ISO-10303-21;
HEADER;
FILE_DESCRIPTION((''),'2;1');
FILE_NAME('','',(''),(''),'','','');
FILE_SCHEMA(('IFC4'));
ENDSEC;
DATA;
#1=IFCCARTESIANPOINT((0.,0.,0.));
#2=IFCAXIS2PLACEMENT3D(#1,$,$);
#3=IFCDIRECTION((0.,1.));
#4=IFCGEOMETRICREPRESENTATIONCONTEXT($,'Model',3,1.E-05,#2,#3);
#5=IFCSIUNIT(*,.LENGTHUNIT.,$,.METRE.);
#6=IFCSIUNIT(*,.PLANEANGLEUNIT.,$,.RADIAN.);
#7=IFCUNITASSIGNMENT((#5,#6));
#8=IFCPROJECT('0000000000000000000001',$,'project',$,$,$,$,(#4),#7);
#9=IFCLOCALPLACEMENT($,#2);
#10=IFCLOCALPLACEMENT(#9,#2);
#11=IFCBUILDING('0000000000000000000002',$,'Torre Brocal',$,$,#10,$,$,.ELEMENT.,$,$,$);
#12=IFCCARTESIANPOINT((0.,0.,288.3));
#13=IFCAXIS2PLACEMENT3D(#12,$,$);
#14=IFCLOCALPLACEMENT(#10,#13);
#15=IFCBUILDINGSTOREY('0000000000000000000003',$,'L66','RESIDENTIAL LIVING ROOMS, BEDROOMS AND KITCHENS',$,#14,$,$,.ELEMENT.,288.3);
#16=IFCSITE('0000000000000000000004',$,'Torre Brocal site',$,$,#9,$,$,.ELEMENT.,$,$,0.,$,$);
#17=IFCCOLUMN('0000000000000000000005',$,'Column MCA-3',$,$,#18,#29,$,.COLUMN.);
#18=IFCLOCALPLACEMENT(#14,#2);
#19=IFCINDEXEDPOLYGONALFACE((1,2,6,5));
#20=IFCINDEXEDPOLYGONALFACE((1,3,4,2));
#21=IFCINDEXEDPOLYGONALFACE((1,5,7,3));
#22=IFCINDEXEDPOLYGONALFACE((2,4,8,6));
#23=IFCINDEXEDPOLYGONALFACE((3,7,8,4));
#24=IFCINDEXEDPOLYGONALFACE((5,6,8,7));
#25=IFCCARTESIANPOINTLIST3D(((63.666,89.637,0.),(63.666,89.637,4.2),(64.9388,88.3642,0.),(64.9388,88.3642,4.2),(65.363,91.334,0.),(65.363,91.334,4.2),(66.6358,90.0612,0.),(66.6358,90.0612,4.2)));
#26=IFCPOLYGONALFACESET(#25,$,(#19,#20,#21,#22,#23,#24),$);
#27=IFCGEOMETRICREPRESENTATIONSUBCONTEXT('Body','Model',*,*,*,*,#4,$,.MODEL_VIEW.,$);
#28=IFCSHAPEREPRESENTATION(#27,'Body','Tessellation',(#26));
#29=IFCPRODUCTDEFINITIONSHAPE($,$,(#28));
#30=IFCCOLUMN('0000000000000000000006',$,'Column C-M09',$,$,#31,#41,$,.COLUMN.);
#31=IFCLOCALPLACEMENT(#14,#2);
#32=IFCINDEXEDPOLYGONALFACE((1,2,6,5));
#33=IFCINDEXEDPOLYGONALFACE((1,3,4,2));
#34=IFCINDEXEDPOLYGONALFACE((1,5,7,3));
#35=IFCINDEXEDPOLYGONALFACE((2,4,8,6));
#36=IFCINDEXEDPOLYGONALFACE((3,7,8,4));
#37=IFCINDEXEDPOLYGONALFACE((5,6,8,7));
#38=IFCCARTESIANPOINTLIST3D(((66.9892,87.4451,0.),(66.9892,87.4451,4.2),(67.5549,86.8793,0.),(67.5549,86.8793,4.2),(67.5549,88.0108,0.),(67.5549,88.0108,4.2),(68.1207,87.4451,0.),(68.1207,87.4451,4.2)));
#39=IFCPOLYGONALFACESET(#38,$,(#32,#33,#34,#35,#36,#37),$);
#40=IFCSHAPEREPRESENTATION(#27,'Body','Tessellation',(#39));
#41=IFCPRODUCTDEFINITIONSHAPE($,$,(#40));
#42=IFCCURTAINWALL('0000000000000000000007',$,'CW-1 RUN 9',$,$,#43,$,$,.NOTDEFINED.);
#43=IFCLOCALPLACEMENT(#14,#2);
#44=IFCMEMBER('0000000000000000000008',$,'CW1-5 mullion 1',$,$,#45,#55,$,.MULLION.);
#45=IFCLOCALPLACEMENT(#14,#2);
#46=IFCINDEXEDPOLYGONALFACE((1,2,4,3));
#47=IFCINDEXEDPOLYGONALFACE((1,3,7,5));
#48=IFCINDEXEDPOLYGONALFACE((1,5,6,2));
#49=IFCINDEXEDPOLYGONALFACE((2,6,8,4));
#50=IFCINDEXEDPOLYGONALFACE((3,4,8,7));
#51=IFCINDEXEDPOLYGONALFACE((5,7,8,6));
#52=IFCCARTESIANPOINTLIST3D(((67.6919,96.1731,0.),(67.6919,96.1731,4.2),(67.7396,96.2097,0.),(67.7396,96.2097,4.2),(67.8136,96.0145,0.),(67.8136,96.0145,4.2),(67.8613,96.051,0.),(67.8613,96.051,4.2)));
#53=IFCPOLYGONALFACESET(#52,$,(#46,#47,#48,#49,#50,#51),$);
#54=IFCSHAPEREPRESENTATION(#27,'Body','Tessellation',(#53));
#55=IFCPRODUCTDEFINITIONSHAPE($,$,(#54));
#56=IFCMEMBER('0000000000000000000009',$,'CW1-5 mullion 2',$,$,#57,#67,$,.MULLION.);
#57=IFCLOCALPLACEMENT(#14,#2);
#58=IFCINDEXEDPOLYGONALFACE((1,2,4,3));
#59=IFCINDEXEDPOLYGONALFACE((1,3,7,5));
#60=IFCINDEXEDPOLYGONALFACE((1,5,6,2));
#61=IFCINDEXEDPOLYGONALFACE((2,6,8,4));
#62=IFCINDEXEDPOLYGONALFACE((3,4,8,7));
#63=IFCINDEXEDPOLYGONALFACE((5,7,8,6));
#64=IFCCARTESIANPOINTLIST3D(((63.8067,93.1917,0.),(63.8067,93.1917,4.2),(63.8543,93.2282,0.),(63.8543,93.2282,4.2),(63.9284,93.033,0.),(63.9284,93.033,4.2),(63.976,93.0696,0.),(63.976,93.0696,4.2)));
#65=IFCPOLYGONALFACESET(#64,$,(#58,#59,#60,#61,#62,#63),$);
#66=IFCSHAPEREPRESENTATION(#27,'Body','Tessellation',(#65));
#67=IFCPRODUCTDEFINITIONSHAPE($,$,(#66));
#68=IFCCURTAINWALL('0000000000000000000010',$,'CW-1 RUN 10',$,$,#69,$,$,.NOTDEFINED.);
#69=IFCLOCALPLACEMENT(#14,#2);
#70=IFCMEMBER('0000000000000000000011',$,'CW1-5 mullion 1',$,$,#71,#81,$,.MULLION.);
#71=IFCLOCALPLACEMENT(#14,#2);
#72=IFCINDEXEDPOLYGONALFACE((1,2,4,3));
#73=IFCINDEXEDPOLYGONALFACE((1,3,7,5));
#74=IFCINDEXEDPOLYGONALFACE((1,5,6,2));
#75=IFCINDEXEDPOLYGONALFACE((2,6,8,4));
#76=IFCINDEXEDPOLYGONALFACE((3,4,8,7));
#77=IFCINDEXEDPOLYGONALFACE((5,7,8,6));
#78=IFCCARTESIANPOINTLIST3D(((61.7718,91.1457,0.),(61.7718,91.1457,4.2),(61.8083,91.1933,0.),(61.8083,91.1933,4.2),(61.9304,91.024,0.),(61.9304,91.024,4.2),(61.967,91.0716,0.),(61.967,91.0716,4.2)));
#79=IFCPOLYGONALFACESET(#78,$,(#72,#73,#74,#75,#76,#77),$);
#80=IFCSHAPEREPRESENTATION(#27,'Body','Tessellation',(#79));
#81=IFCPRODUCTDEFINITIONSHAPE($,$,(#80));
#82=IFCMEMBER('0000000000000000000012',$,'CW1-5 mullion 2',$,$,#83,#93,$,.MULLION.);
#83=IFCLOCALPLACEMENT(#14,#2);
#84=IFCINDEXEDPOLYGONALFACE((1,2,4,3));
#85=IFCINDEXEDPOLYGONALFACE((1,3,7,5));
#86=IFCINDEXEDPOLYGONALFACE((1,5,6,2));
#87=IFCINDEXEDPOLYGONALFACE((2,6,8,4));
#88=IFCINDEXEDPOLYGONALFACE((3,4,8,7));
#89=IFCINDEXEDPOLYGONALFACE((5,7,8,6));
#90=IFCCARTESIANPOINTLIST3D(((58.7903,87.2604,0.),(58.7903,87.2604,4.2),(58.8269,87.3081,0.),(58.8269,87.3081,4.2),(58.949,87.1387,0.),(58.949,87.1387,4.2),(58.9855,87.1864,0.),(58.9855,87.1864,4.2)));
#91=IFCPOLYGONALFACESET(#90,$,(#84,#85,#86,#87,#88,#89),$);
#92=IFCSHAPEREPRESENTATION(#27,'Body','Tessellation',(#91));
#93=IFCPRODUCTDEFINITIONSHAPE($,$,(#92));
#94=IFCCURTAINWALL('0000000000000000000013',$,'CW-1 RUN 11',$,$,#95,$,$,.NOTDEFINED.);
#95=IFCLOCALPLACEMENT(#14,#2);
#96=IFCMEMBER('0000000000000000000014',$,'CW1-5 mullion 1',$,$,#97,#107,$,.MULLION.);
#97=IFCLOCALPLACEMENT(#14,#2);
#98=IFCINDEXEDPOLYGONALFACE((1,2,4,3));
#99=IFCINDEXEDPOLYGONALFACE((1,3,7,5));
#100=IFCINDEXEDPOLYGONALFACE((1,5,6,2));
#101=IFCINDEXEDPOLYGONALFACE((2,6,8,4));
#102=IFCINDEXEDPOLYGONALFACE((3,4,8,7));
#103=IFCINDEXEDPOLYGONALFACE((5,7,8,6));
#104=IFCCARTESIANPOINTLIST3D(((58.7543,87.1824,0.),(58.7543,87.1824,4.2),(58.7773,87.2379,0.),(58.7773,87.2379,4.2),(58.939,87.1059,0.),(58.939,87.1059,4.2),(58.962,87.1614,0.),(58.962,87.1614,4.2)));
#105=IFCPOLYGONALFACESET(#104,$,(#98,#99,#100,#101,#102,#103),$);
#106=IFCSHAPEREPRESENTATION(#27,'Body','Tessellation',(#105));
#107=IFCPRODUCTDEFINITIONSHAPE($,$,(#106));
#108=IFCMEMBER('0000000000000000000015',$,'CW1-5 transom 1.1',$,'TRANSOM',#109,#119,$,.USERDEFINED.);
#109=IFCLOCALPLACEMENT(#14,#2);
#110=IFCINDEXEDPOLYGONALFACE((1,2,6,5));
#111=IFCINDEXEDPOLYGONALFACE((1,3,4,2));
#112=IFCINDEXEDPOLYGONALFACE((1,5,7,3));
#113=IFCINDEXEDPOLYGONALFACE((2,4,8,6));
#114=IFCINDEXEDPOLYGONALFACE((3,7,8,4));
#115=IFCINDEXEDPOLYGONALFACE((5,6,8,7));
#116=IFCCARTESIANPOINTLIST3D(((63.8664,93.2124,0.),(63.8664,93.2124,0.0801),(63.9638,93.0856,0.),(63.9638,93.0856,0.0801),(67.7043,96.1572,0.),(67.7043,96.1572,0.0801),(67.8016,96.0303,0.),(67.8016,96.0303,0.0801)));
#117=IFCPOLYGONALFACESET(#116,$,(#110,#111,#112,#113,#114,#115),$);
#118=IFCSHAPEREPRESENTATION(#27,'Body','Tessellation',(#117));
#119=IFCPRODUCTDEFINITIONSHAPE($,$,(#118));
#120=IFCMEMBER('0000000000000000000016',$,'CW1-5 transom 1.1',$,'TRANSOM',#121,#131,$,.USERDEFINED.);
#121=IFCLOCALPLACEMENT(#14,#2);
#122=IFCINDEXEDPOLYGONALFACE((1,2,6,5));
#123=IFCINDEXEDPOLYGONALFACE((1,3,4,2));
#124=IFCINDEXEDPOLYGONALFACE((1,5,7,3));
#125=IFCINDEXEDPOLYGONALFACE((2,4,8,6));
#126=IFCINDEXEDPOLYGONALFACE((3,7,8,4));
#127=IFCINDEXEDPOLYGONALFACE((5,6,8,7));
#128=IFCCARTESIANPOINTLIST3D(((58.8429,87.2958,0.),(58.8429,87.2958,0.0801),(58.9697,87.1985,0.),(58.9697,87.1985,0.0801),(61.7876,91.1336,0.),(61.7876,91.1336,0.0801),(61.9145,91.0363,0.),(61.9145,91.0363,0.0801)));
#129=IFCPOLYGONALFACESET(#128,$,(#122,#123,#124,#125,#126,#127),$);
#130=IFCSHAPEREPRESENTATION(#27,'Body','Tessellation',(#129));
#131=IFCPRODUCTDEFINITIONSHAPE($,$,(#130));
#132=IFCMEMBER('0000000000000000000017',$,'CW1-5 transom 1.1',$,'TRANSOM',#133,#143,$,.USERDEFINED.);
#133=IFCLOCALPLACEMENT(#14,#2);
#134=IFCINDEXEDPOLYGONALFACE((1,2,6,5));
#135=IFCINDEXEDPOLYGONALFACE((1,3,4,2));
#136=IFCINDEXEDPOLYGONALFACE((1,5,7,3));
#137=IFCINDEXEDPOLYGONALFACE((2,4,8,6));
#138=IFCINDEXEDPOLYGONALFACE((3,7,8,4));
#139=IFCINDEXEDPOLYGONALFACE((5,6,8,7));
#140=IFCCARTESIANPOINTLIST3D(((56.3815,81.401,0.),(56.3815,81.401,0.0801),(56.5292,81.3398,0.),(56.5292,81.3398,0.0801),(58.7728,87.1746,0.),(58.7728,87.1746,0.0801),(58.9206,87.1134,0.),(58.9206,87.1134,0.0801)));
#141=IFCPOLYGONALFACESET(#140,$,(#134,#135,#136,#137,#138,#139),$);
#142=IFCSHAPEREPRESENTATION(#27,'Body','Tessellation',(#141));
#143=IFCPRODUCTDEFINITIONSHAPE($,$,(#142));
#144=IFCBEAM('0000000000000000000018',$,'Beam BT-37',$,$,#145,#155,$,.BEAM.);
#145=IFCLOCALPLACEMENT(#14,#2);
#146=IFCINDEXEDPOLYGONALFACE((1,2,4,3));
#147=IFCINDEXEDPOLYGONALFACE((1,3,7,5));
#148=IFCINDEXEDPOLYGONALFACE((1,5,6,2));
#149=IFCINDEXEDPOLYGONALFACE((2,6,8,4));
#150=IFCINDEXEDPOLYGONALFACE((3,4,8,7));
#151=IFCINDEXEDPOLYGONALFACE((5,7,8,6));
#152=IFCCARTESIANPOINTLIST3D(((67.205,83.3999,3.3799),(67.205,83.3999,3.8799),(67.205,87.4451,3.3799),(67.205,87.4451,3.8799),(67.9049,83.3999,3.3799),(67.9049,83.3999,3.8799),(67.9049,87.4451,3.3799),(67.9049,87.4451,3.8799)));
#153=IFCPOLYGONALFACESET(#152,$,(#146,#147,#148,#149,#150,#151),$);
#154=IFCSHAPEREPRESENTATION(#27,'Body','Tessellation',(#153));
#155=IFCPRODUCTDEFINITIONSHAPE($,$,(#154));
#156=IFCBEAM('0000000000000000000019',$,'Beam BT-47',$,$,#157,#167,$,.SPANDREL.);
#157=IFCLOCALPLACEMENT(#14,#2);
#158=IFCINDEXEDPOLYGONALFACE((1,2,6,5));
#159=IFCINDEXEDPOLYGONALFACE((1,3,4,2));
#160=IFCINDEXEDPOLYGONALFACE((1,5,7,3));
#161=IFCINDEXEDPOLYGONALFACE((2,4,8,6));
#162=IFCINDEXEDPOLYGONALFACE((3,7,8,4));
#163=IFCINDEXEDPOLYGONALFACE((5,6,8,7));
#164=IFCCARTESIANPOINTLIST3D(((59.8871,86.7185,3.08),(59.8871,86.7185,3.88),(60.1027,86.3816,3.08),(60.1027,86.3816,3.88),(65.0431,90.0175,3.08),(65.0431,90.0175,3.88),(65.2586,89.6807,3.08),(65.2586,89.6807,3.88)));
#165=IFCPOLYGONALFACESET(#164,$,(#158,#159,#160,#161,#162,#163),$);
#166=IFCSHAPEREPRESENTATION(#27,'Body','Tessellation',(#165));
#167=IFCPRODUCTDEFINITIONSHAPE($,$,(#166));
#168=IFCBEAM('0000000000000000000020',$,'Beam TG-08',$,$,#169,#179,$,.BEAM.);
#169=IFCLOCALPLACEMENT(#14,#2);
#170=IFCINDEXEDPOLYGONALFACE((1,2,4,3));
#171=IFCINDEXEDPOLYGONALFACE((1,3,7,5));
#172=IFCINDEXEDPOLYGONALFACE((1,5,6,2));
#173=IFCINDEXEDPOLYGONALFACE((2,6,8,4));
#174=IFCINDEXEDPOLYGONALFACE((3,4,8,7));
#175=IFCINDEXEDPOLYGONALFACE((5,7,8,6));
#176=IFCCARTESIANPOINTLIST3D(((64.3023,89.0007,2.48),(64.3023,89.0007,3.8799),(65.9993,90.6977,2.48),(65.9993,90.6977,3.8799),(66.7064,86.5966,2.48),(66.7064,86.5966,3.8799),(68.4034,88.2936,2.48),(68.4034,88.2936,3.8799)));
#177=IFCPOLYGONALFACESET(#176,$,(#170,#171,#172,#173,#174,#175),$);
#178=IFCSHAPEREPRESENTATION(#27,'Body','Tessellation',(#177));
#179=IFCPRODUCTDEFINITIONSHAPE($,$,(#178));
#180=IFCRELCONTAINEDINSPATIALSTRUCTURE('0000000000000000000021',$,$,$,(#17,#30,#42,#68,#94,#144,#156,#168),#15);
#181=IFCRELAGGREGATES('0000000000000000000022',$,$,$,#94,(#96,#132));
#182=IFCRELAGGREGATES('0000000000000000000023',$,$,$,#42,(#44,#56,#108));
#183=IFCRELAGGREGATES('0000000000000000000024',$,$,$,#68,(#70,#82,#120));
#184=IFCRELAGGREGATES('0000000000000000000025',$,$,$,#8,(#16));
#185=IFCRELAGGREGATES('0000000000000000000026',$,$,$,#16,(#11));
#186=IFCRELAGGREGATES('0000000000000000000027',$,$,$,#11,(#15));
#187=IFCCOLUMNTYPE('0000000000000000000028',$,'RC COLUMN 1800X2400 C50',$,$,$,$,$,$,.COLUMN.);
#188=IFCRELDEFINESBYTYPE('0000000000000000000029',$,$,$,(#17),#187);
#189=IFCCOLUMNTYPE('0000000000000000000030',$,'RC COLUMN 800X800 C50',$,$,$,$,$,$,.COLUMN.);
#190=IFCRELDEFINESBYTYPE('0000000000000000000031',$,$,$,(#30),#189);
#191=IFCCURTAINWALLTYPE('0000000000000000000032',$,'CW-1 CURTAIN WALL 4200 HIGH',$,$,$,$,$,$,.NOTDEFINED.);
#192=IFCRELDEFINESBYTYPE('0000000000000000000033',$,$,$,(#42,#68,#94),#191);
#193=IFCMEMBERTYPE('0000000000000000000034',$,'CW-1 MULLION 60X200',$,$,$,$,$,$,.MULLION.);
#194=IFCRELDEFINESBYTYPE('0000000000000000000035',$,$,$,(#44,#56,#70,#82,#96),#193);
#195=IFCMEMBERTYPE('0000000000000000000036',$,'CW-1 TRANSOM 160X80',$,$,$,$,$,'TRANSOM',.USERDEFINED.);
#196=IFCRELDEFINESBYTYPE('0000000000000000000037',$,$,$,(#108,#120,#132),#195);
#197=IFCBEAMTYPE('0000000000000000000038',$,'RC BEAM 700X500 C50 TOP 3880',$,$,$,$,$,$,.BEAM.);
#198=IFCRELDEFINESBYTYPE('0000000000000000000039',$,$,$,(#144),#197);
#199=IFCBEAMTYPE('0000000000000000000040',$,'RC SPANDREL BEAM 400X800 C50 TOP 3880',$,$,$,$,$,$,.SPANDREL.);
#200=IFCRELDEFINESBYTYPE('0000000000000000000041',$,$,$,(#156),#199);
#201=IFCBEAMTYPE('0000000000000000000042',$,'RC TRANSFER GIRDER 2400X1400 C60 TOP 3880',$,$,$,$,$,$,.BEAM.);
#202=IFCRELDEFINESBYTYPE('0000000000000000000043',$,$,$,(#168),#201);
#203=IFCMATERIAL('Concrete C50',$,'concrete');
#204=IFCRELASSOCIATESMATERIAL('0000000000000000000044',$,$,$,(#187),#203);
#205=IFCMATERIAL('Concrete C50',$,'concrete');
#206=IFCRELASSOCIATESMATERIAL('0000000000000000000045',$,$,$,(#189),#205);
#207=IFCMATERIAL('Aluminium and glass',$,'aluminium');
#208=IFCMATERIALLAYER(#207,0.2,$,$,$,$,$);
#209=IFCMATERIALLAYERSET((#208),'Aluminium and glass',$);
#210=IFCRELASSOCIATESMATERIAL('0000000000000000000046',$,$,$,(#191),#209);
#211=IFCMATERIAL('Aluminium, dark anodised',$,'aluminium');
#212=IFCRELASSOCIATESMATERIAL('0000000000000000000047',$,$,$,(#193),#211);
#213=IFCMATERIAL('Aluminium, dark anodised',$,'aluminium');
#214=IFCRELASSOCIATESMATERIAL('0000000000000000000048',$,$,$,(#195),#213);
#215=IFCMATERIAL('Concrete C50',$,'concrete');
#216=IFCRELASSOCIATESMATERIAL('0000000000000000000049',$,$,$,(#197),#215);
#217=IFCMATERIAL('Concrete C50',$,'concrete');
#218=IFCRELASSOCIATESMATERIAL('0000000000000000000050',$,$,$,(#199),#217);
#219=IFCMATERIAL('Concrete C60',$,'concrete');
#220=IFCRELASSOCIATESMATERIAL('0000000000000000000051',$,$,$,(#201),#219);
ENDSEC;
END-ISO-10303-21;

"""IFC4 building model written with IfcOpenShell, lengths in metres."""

from ifc_helpers import new_model, si_unit, direction, frame, origin, origin_2d, place, context, subcontext, project, spatial, rectangle, extrude, material, layer, layer_set, material_profile, profile_set, type_object, element, aggregate, save


model = new_model("IFC4")

# Units and contexts
model_context = context("Model", 3, precision=1e-05, world=origin(), true_north=direction((0.0, 1.0)))
body_context = subcontext(model_context, "Body", "Model", "MODEL_VIEW")
ifc_project = project(units=[si_unit("LENGTHUNIT", "METRE"), si_unit("PLANEANGLEUNIT", "RADIAN")], contexts=[model_context])

# Site, building, storey
site_placement = place(None, origin())
site = spatial("IfcSite", under=ifc_project, at=site_placement, Name="Torre Brocal site", CompositionType="ELEMENT", RefElevation=0.0)
building_placement = place(site_placement, origin())
building = spatial("IfcBuilding", under=site, at=building_placement, Name="Torre Brocal", CompositionType="ELEMENT")
storey_placement = place(building_placement, frame((0.0, 0.0, 288.3)))
storey = spatial("IfcBuildingStorey", under=building, at=storey_placement, Name="L66", Description="RESIDENTIAL LIVING ROOMS, BEDROOMS AND KITCHENS", CompositionType="ELEMENT", Elevation=288.3)

# Columns
ifc_material_1 = material(Name="Concrete C50", Category="concrete")
ifc_material_profile_1 = material_profile(ifc_material_1, rectangle(XDim=1.8, YDim=2.3999, at=origin_2d()), Name="RC 1800X2400")
ifc_profile_set_1 = profile_set([ifc_material_profile_1], Name="Concrete C50")
column_type_1 = type_object("IfcColumnType", Name="RC COLUMN 1800X2400 C50", PredefinedType="COLUMN", material=ifc_profile_set_1)
column_1_placement = place(storey_placement, frame((65.1509, 89.8491, 0.0), z_axis=(0.0, 0.0, 1.0), x_axis=(-0.707107, 0.707107, 0.0)))
element("IfcColumn", 1, at=column_1_placement, inside=storey, type_object=column_type_1, Name="Column MCA-3", PredefinedType="COLUMN", context=body_context, shape_type="SweptSolid", body=[
    extrude(rectangle(XDim=1.8, YDim=2.3999, at=origin_2d()), origin(), (0.0, 0.0, 1.0), 4.2),
])
ifc_material_2 = material(Name="Concrete C50", Category="concrete")
ifc_material_profile_2 = material_profile(ifc_material_2, rectangle(XDim=0.8, YDim=0.8, at=origin_2d()), Name="RC 800X800")
ifc_profile_set_2 = profile_set([ifc_material_profile_2], Name="Concrete C50")
column_type_2 = type_object("IfcColumnType", Name="RC COLUMN 800X800 C50", PredefinedType="COLUMN", material=ifc_profile_set_2)
column_2_placement = place(storey_placement, frame((67.5549, 87.4451, 0.0), z_axis=(0.0, 0.0, 1.0), x_axis=(-0.707107, 0.707107, 0.0)))
element("IfcColumn", 2, at=column_2_placement, inside=storey, type_object=column_type_2, Name="Column C-M09", PredefinedType="COLUMN", context=body_context, shape_type="SweptSolid", body=[
    extrude(rectangle(XDim=0.8, YDim=0.8, at=origin_2d()), origin(), (0.0, 0.0, 1.0), 4.2),
])

# Curtain walls, members
ifc_material_3 = material(Name="Aluminium and glass", Category="aluminium")
ifc_layer_1 = layer(ifc_material_3, 0.2)
ifc_layer_set_1 = layer_set([ifc_layer_1], Name="Aluminium and glass")
curtain_wall_type = type_object("IfcCurtainWallType", Name="CW-1 CURTAIN WALL 4200 HIGH", PredefinedType="NOTDEFINED", material=ifc_layer_set_1)
curtain_wall_1_placement = place(storey_placement, origin())
curtain_wall_1 = element("IfcCurtainWall", 3, at=curtain_wall_1_placement, inside=storey, type_object=curtain_wall_type, Name="CW-1 RUN 9", PredefinedType="NOTDEFINED")
ifc_material_4 = material(Name="Aluminium, dark anodised", Category="aluminium")
ifc_material_profile_3 = material_profile(ifc_material_4, rectangle(XDim=0.2, YDim=0.0601, at=origin_2d()), Name="CW-1 MULLION 60X200")
ifc_profile_set_3 = profile_set([ifc_material_profile_3], Name="Aluminium, dark anodised")
member_type_1 = type_object("IfcMemberType", Name="CW-1 MULLION 60X200", PredefinedType="MULLION", material=ifc_profile_set_3)
member_1_placement = place(storey_placement, frame((67.7766, 96.1121, 0.0), z_axis=(0.0, 0.0, 1.0), x_axis=(0.608761, -0.793353, 0.0)))
member_1 = element("IfcMember", 4, at=member_1_placement, type_object=member_type_1, Name="CW1-5 mullion 1", PredefinedType="MULLION", context=body_context, shape_type="SweptSolid", body=[
    extrude(rectangle(XDim=0.2, YDim=0.0601, at=origin_2d()), origin(), (0.0, 0.0, 1.0), 4.2),
])
member_2_placement = place(storey_placement, frame((63.8914, 93.1306, 0.0), z_axis=(0.0, 0.0, 1.0), x_axis=(0.608761, -0.793353, 0.0)))
member_2 = element("IfcMember", 5, at=member_2_placement, type_object=member_type_1, Name="CW1-5 mullion 2", PredefinedType="MULLION", context=body_context, shape_type="SweptSolid", body=[
    extrude(rectangle(XDim=0.2, YDim=0.0601, at=origin_2d()), origin(), (0.0, 0.0, 1.0), 4.2),
])
curtain_wall_2_placement = place(storey_placement, origin())
curtain_wall_2 = element("IfcCurtainWall", 6, at=curtain_wall_2_placement, inside=storey, type_object=curtain_wall_type, Name="CW-1 RUN 10", PredefinedType="NOTDEFINED")
member_3_placement = place(storey_placement, frame((61.8694, 91.1086, 0.0), z_axis=(0.0, 0.0, 1.0), x_axis=(0.793353, -0.608761, 0.0)))
member_3 = element("IfcMember", 7, at=member_3_placement, type_object=member_type_1, Name="CW1-5 mullion 1", PredefinedType="MULLION", context=body_context, shape_type="SweptSolid", body=[
    extrude(rectangle(XDim=0.2, YDim=0.0601, at=origin_2d()), origin(), (0.0, 0.0, 1.0), 4.2),
])
member_4_placement = place(storey_placement, frame((58.8879, 87.2234, 0.0), z_axis=(0.0, 0.0, 1.0), x_axis=(0.793353, -0.608761, 0.0)))
member_4 = element("IfcMember", 8, at=member_4_placement, type_object=member_type_1, Name="CW1-5 mullion 2", PredefinedType="MULLION", context=body_context, shape_type="SweptSolid", body=[
    extrude(rectangle(XDim=0.2, YDim=0.0601, at=origin_2d()), origin(), (0.0, 0.0, 1.0), 4.2),
])

# Curtain wall, member
curtain_wall_3_placement = place(storey_placement, origin())
curtain_wall_3 = element("IfcCurtainWall", 9, at=curtain_wall_3_placement, inside=storey, type_object=curtain_wall_type, Name="CW-1 RUN 11", PredefinedType="NOTDEFINED")
member_5_placement = place(storey_placement, frame((58.8582, 87.1719, 0.0), z_axis=(0.0, 0.0, 1.0), x_axis=(0.92388, -0.382683, 0.0)))
member_5 = element("IfcMember", 10, at=member_5_placement, type_object=member_type_1, Name="CW1-5 mullion 1", PredefinedType="MULLION", context=body_context, shape_type="SweptSolid", body=[
    extrude(rectangle(XDim=0.2, YDim=0.0601, at=origin_2d()), origin(), (0.0, 0.0, 1.0), 4.2),
])

# Members
ifc_material_5 = material(Name="Aluminium, dark anodised", Category="aluminium")
ifc_material_profile_4 = material_profile(ifc_material_5, rectangle(XDim=0.1599, YDim=0.0801, at=origin_2d()), Name="CW-1 TRANSOM 160X80")
ifc_profile_set_4 = profile_set([ifc_material_profile_4], Name="Aluminium, dark anodised")
member_type_2 = type_object("IfcMemberType", Name="CW-1 TRANSOM 160X80", ElementType="TRANSOM", PredefinedType="USERDEFINED", material=ifc_profile_set_4)
member_6_placement = place(storey_placement, frame((67.7529, 96.0938, 0.04), z_axis=(-0.793363, -0.608749, 0.0), x_axis=(0.608749, -0.793363, 0.0)))
member_6 = element("IfcMember", 11, at=member_6_placement, type_object=member_type_2, Name="CW1-5 transom 1.1", ObjectType="TRANSOM", PredefinedType="USERDEFINED", context=body_context, shape_type="SweptSolid", body=[
    extrude(rectangle(XDim=0.1599, YDim=0.0801, at=origin_2d()), origin(), (0.0, 0.0, 1.0), 4.8374),
])
member_7_placement = place(storey_placement, frame((61.8511, 91.085, 0.04), z_axis=(-0.608749, -0.793363, 0.0), x_axis=(0.793363, -0.608749, 0.0)))
member_7 = element("IfcMember", 12, at=member_7_placement, type_object=member_type_2, Name="CW1-5 transom 1.1", ObjectType="TRANSOM", PredefinedType="USERDEFINED", context=body_context, shape_type="SweptSolid", body=[
    extrude(rectangle(XDim=0.1599, YDim=0.0801, at=origin_2d()), origin(), (0.0, 0.0, 1.0), 4.8374),
])
member_8_placement = place(storey_placement, frame((58.8467, 87.144, 0.04), z_axis=(-0.382659, -0.92389, 0.0), x_axis=(0.92389, -0.382659, 0.0)))
member_8 = element("IfcMember", 13, at=member_8_placement, type_object=member_type_2, Name="CW1-5 transom 1.1", ObjectType="TRANSOM", PredefinedType="USERDEFINED", context=body_context, shape_type="SweptSolid", body=[
    extrude(rectangle(XDim=0.1599, YDim=0.0801, at=origin_2d()), origin(), (0.0, 0.0, 1.0), 6.2493),
])
aggregate(curtain_wall_3, [member_5, member_8])

# Beams
ifc_material_6 = material(Name="Concrete C50", Category="concrete")
ifc_material_profile_5 = material_profile(ifc_material_6, rectangle(XDim=0.7, YDim=0.5, at=origin_2d()), Name="RC 700X500")
ifc_profile_set_5 = profile_set([ifc_material_profile_5], Name="Concrete C50")
beam_type_1 = type_object("IfcBeamType", Name="RC BEAM 700X500 C50 TOP 3880", PredefinedType="BEAM", material=ifc_profile_set_5)
beam_1_placement = place(storey_placement, frame((67.5549, 87.4451, 3.6299), z_axis=(0.0, -1.0, 0.0), x_axis=(1.0, 0.0, 0.0)))
element("IfcBeam", 14, at=beam_1_placement, inside=storey, type_object=beam_type_1, Name="Beam BT-37", PredefinedType="BEAM", context=body_context, shape_type="SweptSolid", body=[
    extrude(rectangle(XDim=0.7, YDim=0.5, at=origin_2d()), origin(), (0.0, 0.0, 1.0), 4.0452),
])
ifc_material_7 = material(Name="Concrete C50", Category="concrete")
ifc_material_profile_6 = material_profile(ifc_material_7, rectangle(XDim=0.3999, YDim=0.8, at=origin_2d()), Name="RC 400X800")
ifc_profile_set_6 = profile_set([ifc_material_profile_6], Name="Concrete C50")
beam_type_2 = type_object("IfcBeamType", Name="RC SPANDREL BEAM 400X800 C50 TOP 3880", PredefinedType="SPANDREL", material=ifc_profile_set_6)
beam_2_placement = place(storey_placement, frame((65.1509, 89.8491, 3.48), z_axis=(-0.842329, -0.538964, 0.0), x_axis=(0.538964, -0.842329, 0.0)))
element("IfcBeam", 15, at=beam_2_placement, inside=storey, type_object=beam_type_2, Name="Beam BT-47", PredefinedType="SPANDREL", context=body_context, shape_type="SweptSolid", body=[
    extrude(rectangle(XDim=0.3999, YDim=0.8, at=origin_2d()), origin(), (0.0, 0.0, 1.0), 6.1211),
])
ifc_material_8 = material(Name="Concrete C60", Category="concrete")
ifc_material_profile_7 = material_profile(ifc_material_8, rectangle(XDim=2.3999, YDim=1.3999, at=origin_2d()), Name="RC 2400X1400")
ifc_profile_set_7 = profile_set([ifc_material_profile_7], Name="Concrete C60")
beam_type_3 = type_object("IfcBeamType", Name="RC TRANSFER GIRDER 2400X1400 C60 TOP 3880", PredefinedType="BEAM", material=ifc_profile_set_7)
beam_3_placement = place(storey_placement, frame((67.5549, 87.4451, 3.1799), z_axis=(-0.707107, 0.707107, 0.0), x_axis=(-0.707107, -0.707107, 0.0)))
element("IfcBeam", 16, at=beam_3_placement, inside=storey, type_object=beam_type_3, Name="Beam TG-08", PredefinedType="BEAM", context=body_context, shape_type="SweptSolid", body=[
    extrude(rectangle(XDim=2.3999, YDim=1.3999, at=origin_2d()), origin(), (0.0, 0.0, 1.0), 3.3999),
])

aggregate(curtain_wall_1, [member_1, member_2, member_6])
aggregate(curtain_wall_2, [member_3, member_4, member_7])

save(model, "model.ifc")
